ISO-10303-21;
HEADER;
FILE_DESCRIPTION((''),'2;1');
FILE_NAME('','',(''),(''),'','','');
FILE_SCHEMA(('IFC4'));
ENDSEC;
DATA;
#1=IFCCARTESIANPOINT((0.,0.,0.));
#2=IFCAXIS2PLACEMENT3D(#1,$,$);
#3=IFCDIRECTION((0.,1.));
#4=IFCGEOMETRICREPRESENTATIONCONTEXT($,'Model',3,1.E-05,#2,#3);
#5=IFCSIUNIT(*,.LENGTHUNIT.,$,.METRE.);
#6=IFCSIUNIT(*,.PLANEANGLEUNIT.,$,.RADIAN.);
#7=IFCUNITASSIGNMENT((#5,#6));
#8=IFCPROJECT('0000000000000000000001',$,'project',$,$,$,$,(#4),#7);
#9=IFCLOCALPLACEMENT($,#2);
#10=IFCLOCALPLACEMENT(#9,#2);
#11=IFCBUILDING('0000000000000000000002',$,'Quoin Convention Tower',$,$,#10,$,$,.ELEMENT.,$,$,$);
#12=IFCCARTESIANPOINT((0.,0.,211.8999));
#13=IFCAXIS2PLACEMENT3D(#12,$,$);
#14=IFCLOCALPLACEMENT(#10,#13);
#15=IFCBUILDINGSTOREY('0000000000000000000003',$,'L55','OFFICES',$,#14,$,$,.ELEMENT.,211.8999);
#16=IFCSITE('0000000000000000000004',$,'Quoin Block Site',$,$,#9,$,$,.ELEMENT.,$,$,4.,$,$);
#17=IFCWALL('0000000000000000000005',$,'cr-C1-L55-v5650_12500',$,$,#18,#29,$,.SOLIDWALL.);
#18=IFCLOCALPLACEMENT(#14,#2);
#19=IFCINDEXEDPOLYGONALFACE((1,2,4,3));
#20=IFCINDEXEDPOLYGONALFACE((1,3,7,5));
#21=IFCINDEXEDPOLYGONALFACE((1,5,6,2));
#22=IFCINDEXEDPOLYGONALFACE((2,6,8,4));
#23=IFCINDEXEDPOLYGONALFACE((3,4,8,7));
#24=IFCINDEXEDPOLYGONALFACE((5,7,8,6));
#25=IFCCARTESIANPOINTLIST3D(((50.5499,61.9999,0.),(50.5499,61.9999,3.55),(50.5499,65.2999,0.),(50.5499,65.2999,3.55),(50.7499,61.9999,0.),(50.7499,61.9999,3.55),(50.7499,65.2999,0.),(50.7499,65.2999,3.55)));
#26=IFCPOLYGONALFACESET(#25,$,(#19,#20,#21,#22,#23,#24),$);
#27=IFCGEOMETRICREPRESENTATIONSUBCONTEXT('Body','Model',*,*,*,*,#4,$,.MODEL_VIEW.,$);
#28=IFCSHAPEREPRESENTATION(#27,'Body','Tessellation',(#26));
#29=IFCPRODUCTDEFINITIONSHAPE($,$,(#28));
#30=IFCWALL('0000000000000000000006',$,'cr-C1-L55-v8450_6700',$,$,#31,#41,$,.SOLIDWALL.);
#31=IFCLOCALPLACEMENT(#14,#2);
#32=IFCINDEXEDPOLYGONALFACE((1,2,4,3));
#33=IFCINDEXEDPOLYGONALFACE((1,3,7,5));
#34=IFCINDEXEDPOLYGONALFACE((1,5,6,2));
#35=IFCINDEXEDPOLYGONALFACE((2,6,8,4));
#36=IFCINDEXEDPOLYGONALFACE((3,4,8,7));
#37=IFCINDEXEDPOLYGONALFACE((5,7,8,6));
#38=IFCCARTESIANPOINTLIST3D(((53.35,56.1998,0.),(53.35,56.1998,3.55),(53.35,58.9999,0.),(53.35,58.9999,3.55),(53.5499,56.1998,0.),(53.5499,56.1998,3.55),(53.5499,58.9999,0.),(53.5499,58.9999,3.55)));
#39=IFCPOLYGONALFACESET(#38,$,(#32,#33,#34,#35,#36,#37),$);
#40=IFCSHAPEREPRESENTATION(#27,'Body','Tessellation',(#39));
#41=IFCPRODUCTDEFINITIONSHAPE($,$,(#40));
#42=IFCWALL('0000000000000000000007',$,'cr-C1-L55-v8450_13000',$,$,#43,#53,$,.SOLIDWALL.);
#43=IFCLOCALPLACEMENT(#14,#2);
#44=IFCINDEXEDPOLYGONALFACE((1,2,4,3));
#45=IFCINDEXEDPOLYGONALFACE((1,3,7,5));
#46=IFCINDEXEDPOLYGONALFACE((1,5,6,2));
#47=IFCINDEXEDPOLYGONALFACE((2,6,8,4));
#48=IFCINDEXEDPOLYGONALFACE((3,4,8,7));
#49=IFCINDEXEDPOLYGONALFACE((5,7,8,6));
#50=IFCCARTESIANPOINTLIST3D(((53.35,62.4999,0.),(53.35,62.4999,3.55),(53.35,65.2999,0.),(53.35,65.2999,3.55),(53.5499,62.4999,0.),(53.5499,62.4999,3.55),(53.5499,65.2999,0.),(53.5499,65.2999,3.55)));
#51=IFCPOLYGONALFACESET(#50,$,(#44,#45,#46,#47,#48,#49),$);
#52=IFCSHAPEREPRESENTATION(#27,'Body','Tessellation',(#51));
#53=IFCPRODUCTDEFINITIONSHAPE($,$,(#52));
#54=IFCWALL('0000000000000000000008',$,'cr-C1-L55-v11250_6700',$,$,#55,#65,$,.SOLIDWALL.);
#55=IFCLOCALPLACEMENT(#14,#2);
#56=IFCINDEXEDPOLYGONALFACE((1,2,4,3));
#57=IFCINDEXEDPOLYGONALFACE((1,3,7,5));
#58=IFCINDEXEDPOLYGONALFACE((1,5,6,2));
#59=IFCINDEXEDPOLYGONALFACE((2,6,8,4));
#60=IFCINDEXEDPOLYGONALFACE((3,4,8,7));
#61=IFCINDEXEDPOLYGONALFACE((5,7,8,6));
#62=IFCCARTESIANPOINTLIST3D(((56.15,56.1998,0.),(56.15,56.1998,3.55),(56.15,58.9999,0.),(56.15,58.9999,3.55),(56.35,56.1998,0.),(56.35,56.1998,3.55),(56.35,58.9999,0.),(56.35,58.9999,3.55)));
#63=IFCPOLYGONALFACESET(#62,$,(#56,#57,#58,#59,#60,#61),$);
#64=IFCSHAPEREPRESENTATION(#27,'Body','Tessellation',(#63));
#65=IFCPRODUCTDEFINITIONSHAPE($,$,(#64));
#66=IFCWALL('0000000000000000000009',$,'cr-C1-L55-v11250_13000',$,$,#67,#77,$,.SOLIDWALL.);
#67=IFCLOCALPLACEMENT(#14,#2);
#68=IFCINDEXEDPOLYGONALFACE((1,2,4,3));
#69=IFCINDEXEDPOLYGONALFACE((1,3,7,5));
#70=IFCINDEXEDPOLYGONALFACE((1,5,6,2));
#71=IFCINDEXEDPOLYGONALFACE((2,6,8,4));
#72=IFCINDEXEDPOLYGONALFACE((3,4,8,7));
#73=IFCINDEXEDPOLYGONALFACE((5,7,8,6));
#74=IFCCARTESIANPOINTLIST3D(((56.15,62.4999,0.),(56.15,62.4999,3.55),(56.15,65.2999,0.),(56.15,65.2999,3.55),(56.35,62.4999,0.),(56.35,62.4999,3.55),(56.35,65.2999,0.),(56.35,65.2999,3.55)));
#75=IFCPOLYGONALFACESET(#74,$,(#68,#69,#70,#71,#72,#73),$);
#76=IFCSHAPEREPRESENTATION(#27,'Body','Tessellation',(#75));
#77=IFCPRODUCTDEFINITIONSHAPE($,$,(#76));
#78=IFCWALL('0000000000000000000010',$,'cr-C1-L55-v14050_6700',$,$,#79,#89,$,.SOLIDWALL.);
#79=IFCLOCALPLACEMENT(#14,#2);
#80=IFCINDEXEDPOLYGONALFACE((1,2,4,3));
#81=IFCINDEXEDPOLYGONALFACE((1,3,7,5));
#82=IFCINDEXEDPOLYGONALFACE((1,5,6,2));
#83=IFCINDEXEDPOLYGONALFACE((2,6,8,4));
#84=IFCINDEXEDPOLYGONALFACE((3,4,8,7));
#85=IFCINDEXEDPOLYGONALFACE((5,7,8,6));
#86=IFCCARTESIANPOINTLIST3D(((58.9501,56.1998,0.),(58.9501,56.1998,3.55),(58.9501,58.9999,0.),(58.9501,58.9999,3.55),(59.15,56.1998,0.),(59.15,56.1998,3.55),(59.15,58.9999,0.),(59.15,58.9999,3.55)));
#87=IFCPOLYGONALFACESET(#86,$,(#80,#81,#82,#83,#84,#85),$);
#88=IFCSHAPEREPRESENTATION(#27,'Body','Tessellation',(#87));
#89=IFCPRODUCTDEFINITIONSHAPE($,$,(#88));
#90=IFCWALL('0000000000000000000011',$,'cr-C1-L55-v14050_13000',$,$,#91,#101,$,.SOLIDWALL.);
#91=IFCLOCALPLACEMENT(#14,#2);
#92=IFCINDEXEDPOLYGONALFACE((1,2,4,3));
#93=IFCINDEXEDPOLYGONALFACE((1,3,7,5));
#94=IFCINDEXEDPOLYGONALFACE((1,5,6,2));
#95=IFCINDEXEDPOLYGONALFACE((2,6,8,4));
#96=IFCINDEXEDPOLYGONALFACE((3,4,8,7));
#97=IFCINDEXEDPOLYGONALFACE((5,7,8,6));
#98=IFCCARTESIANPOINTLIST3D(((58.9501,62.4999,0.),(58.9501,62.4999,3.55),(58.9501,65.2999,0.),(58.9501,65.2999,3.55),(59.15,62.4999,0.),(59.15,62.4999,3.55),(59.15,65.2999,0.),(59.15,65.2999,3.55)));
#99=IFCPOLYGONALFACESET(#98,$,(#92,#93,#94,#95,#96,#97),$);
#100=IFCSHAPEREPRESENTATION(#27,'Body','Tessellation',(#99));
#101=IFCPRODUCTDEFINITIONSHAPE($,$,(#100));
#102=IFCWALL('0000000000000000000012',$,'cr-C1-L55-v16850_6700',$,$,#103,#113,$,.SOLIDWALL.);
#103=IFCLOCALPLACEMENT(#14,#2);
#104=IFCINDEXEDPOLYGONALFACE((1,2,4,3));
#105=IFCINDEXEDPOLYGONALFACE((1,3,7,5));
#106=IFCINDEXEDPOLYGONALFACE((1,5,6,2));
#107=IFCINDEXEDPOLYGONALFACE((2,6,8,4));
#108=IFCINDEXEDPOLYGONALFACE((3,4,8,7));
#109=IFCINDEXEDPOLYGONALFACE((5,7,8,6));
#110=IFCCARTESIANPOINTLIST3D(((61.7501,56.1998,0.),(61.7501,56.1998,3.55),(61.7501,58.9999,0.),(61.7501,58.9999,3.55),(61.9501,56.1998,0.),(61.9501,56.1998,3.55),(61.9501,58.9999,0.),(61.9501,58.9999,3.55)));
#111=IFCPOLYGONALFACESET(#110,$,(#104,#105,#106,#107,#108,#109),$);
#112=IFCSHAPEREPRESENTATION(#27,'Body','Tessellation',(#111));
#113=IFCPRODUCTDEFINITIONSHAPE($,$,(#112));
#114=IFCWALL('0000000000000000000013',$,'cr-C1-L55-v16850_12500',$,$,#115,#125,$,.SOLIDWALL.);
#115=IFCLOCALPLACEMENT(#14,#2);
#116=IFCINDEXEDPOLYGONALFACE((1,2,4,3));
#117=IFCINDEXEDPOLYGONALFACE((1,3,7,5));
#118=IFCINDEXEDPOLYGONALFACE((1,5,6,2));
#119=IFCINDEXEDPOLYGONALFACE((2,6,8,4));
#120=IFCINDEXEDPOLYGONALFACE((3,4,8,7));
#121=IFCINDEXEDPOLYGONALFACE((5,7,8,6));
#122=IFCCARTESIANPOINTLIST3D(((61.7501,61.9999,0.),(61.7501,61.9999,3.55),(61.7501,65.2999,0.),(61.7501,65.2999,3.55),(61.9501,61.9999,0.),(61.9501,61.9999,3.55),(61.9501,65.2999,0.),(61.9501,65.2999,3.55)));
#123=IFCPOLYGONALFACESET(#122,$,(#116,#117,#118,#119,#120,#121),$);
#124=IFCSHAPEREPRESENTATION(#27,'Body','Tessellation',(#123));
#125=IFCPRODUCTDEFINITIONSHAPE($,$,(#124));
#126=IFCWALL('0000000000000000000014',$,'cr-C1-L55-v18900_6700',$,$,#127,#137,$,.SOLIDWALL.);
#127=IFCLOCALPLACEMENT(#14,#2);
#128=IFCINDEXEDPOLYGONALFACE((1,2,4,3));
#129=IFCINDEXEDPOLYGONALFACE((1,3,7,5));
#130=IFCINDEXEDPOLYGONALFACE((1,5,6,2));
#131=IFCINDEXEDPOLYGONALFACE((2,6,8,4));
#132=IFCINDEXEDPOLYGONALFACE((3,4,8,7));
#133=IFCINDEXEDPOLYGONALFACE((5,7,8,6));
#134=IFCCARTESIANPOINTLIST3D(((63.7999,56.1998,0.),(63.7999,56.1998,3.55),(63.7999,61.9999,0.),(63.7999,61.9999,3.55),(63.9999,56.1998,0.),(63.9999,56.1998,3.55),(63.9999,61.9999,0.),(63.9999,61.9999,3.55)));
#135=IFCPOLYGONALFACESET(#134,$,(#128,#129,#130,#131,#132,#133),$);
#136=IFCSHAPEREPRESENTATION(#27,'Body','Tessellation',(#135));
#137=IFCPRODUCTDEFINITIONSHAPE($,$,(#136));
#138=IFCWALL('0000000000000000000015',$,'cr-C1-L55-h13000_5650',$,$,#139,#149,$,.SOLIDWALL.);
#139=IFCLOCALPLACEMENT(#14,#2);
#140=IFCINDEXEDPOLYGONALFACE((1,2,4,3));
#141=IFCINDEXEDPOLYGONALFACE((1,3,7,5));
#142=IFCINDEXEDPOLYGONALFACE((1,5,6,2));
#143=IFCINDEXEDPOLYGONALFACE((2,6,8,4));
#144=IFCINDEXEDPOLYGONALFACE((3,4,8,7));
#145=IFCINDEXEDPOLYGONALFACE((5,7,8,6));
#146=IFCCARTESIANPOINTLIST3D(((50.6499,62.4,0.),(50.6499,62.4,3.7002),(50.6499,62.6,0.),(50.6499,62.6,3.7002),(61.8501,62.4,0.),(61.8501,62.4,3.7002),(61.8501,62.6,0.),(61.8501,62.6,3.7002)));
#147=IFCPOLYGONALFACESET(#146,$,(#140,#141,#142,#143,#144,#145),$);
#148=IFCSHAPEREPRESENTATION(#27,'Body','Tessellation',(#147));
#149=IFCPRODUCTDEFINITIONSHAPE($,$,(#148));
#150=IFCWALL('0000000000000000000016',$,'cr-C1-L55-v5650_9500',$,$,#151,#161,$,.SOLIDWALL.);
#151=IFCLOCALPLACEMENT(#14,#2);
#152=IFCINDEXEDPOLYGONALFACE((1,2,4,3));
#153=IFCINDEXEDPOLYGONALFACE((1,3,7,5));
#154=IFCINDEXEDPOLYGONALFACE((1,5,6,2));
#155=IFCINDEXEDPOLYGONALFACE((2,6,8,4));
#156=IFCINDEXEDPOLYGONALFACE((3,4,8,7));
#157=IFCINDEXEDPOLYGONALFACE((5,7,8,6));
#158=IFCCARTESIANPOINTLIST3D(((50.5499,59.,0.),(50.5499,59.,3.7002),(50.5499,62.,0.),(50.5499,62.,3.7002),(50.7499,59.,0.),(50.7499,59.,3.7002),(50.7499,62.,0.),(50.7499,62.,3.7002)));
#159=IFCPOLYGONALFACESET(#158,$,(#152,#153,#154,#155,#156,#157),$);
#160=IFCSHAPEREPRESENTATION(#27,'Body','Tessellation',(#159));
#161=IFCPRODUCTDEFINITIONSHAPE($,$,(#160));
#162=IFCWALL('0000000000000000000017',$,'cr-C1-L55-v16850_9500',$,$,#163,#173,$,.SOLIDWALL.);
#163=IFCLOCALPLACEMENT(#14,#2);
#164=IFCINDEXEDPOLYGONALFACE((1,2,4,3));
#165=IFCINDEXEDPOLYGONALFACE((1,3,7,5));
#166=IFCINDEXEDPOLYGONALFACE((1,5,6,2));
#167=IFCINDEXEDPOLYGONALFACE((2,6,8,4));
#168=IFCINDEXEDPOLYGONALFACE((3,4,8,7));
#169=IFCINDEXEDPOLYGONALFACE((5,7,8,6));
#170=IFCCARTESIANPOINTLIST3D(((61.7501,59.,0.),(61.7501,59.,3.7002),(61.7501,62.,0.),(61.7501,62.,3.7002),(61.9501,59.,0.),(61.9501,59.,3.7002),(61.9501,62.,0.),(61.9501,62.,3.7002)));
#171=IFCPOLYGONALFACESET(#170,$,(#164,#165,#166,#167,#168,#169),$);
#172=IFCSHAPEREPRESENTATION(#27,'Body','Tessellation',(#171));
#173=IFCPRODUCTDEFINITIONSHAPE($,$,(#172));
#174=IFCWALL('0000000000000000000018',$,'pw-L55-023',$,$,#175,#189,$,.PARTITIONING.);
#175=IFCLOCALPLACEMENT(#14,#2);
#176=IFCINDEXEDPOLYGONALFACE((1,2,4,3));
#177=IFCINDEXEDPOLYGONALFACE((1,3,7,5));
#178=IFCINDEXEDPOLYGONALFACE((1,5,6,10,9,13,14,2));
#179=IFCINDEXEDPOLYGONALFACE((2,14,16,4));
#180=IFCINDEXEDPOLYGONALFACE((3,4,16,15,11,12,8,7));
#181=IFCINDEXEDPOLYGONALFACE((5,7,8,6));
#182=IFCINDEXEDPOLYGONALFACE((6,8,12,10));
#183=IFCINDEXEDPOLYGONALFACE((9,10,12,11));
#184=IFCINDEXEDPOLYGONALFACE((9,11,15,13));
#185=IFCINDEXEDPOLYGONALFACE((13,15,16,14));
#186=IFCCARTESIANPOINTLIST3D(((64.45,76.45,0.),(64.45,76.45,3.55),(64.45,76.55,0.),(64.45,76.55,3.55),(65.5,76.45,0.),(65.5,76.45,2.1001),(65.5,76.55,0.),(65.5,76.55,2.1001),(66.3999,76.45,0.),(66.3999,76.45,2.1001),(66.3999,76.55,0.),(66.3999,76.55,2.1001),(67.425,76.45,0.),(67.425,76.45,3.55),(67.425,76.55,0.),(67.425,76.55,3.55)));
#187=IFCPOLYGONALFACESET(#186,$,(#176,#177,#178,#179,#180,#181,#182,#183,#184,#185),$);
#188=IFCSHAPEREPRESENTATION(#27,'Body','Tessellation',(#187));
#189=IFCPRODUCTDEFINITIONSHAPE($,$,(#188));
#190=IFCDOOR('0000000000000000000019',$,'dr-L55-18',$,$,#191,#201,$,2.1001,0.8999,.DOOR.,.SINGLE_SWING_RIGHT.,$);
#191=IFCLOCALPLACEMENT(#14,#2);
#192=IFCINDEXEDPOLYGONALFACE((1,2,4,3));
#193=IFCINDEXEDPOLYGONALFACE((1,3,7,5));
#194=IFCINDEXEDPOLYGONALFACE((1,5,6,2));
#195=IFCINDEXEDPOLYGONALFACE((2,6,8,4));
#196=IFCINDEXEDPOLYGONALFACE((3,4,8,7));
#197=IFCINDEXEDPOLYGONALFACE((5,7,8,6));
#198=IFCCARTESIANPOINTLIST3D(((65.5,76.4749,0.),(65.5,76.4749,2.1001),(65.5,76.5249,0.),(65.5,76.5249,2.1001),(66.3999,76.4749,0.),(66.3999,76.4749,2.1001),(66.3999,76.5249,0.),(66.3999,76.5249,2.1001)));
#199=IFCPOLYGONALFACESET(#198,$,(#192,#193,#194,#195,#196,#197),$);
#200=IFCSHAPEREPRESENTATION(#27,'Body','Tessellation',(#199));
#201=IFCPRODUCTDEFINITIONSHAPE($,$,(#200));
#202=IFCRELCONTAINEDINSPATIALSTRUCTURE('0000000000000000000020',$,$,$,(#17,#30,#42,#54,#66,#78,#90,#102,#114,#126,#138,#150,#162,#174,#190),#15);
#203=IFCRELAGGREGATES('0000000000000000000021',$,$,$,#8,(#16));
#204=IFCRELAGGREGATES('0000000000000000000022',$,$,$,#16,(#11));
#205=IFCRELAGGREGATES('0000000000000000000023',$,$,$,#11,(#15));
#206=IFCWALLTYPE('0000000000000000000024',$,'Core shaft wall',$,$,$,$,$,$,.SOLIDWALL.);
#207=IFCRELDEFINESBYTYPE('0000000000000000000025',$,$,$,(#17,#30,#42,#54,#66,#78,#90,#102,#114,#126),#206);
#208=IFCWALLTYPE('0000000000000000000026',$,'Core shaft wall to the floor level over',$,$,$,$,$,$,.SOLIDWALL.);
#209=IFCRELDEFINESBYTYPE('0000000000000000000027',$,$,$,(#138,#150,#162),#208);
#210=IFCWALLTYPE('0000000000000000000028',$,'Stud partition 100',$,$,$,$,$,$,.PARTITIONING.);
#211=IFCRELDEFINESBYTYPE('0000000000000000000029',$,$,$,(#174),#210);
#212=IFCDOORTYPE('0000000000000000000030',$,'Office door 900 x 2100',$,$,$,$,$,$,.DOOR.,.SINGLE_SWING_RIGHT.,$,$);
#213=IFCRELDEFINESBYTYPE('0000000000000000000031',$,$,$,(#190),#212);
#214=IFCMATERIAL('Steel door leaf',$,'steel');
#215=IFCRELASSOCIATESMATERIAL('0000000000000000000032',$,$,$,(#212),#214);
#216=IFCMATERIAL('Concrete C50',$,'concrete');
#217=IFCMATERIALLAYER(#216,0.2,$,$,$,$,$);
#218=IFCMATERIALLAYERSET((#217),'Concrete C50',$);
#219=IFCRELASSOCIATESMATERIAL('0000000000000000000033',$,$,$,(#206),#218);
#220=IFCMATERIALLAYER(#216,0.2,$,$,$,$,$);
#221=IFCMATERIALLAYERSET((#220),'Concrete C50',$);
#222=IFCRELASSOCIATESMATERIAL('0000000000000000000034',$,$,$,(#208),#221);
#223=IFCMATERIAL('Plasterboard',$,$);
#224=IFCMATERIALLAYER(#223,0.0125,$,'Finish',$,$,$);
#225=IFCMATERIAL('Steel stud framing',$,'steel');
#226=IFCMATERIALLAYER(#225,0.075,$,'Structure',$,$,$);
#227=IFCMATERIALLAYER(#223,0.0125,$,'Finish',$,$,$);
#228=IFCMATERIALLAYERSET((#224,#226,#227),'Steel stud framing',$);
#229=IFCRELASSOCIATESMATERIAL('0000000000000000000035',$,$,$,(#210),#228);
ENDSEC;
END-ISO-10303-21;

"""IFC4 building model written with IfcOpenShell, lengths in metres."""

from ifc_helpers import new_model, si_unit, direction, frame, frame_2d, origin, place, context, subcontext, project, spatial, rectangle, extrude, material, layer, layer_set, type_object, element, fill, save


model = new_model("IFC4")

# Units and contexts
model_context = context("Model", 3, precision=1e-05, world=origin(), true_north=direction((0.0, 1.0)))
body_context = subcontext(model_context, "Body", "Model", "MODEL_VIEW")
ifc_project = project(units=[si_unit("LENGTHUNIT", "METRE"), si_unit("PLANEANGLEUNIT", "RADIAN")], contexts=[model_context])

# Site, building, storey
site_placement = place(None, origin())
site = spatial("IfcSite", under=ifc_project, at=site_placement, Name="Quoin Block Site", CompositionType="ELEMENT", RefElevation=4.0)
building_placement = place(site_placement, origin())
building = spatial("IfcBuilding", under=site, at=building_placement, Name="Quoin Convention Tower", CompositionType="ELEMENT")
storey_placement = place(building_placement, frame((0.0, 0.0, 211.8999)))
storey = spatial("IfcBuildingStorey", under=building, at=storey_placement, Name="L55", Description="OFFICES", CompositionType="ELEMENT", Elevation=211.8999)

# Shared definitions
ifc_material_1 = material(Name="Concrete C50", Category="concrete")

# Shared definitions
ifc_material_2 = material(Name="Plasterboard")
ifc_material_3 = material(Name="Steel stud framing", Category="steel")
ifc_material_4 = material(Name="Steel door leaf", Category="steel")
door_type = type_object("IfcDoorType", Name="Office door 900 x 2100", OperationType="SINGLE_SWING_RIGHT", PredefinedType="DOOR", material=ifc_material_4)

# Walls
ifc_layer_1 = layer(ifc_material_1, 0.2)
ifc_layer_set_1 = layer_set([ifc_layer_1], Name="Concrete C50")
wall_type_1 = type_object("IfcWallType", Name="Core shaft wall", PredefinedType="SOLIDWALL", material=ifc_layer_set_1)
wall_1_placement = place(storey_placement, frame((50.6499, 62.0, 0.0), z_axis=(0.0, 0.0, 1.0), x_axis=(0.0, 1.0, 0.0)))
element("IfcWall", 1, at=wall_1_placement, inside=storey, type_object=wall_type_1, Name="cr-C1-L55-v5650_12500", PredefinedType="SOLIDWALL", context=body_context, shape_type="SweptSolid", body=[
    extrude(rectangle(XDim=3.3, YDim=0.2, at=frame_2d((1.6499, 0.0))), origin(), (0.0, 0.0, 1.0), 3.55),
])
for number, where, z_axis, x_axis, name in (
    (2, (53.45, 56.2, 0.0), (0.0, 0.0, 1.0), (0.0, 1.0, 0.0), "cr-C1-L55-v8450_6700"),
    (3, (53.45, 62.5, 0.0), (0.0, 0.0, 1.0), (0.0, 1.0, 0.0), "cr-C1-L55-v8450_13000"),
    (4, (56.25, 56.2, 0.0), (0.0, 0.0, 1.0), (0.0, 1.0, 0.0), "cr-C1-L55-v11250_6700"),
    (5, (56.25, 62.5, 0.0), (0.0, 0.0, 1.0), (0.0, 1.0, 0.0), "cr-C1-L55-v11250_13000"),
    (6, (59.05, 56.2, 0.0), (0.0, 0.0, 1.0), (0.0, 1.0, 0.0), "cr-C1-L55-v14050_6700"),
    (7, (59.05, 62.5, 0.0), (0.0, 0.0, 1.0), (0.0, 1.0, 0.0), "cr-C1-L55-v14050_13000"),
    (8, (61.8501, 56.2, 0.0), (0.0, 0.0, 1.0), (0.0, 1.0, 0.0), "cr-C1-L55-v16850_6700"),
):
    element("IfcWall", number, at=place(storey_placement, frame(where, z_axis=z_axis, x_axis=x_axis)), inside=storey, type_object=wall_type_1, Name=name, PredefinedType="SOLIDWALL", context=body_context, shape_type="SweptSolid", body=[
        extrude(rectangle(XDim=2.8, YDim=0.2, at=frame_2d((1.3999, 0.0))), origin(), (0.0, 0.0, 1.0), 3.55),
    ])
wall_2_placement = place(storey_placement, frame((61.8501, 62.0, 0.0), z_axis=(0.0, 0.0, 1.0), x_axis=(0.0, 1.0, 0.0)))
element("IfcWall", 9, at=wall_2_placement, inside=storey, type_object=wall_type_1, Name="cr-C1-L55-v16850_12500", PredefinedType="SOLIDWALL", context=body_context, shape_type="SweptSolid", body=[
    extrude(rectangle(XDim=3.3, YDim=0.2, at=frame_2d((1.6499, 0.0))), origin(), (0.0, 0.0, 1.0), 3.55),
])
wall_3_placement = place(storey_placement, frame((63.8999, 56.2, 0.0), z_axis=(0.0, 0.0, 1.0), x_axis=(0.0, 1.0, 0.0)))
element("IfcWall", 10, at=wall_3_placement, inside=storey, type_object=wall_type_1, Name="cr-C1-L55-v18900_6700", PredefinedType="SOLIDWALL", context=body_context, shape_type="SweptSolid", body=[
    extrude(rectangle(XDim=5.8, YDim=0.2, at=frame_2d((2.8999, 0.0))), origin(), (0.0, 0.0, 1.0), 3.55),
])
ifc_layer_2 = layer(ifc_material_1, 0.2)
ifc_layer_set_2 = layer_set([ifc_layer_2], Name="Concrete C50")
wall_type_2 = type_object("IfcWallType", Name="Core shaft wall to the floor level over", PredefinedType="SOLIDWALL", material=ifc_layer_set_2)
wall_4_placement = place(storey_placement, frame((50.6499, 62.5, 0.0), z_axis=(0.0, 0.0, 1.0), x_axis=(1.0, 0.0, 0.0)))
element("IfcWall", 11, at=wall_4_placement, inside=storey, type_object=wall_type_2, Name="cr-C1-L55-h13000_5650", PredefinedType="SOLIDWALL", context=body_context, shape_type="SweptSolid", body=[
    extrude(rectangle(XDim=11.2002, YDim=0.2, at=frame_2d((5.6001, 0.0))), origin(), (0.0, 0.0, 1.0), 3.7002),
])
for number, where, z_axis, x_axis, name in (
    (12, (50.6499, 59.0, 0.0), (0.0, 0.0, 1.0), (0.0, 1.0, 0.0), "cr-C1-L55-v5650_9500"),
    (13, (61.8501, 59.0, 0.0), (0.0, 0.0, 1.0), (0.0, 1.0, 0.0), "cr-C1-L55-v16850_9500"),
):
    element("IfcWall", number, at=place(storey_placement, frame(where, z_axis=z_axis, x_axis=x_axis)), inside=storey, type_object=wall_type_2, Name=name, PredefinedType="SOLIDWALL", context=body_context, shape_type="SweptSolid", body=[
        extrude(rectangle(XDim=3.0, YDim=0.2, at=frame_2d((1.5, 0.0))), origin(), (0.0, 0.0, 1.0), 3.7002),
    ])

# Wall, opening, door
ifc_layer_3 = layer(ifc_material_2, 0.0125, Name="Finish")
ifc_layer_4 = layer(ifc_material_3, 0.075, Name="Structure")
ifc_layer_5 = layer(ifc_material_2, 0.0125, Name="Finish")
ifc_layer_set_3 = layer_set([ifc_layer_3, ifc_layer_4, ifc_layer_5], Name="Steel stud framing")
wall_type_3 = type_object("IfcWallType", Name="Stud partition 100", PredefinedType="PARTITIONING", material=ifc_layer_set_3)
wall_5_placement = place(storey_placement, frame((64.45, 76.5, 0.0), z_axis=(0.0, 0.0, 1.0), x_axis=(1.0, 0.0, 0.0)))
wall_5 = element("IfcWall", 14, at=wall_5_placement, inside=storey, type_object=wall_type_3, Name="pw-L55-023", PredefinedType="PARTITIONING", context=body_context, shape_type="SweptSolid", body=[
    extrude(rectangle(XDim=2.9751, YDim=0.1001, at=frame_2d((1.4875, 0.0))), origin(), (0.0, 0.0, 1.0), 3.55),
])
opening_1_placement = place(wall_5_placement, frame((1.05, 0.0, 0.0)))
opening_1 = element("IfcOpeningElement", 15, at=opening_1_placement, cuts=wall_5, PredefinedType="OPENING", context=body_context, shape_type="SweptSolid", body=[
    extrude(rectangle(XDim=0.8999, YDim=2.1001, at=frame_2d((0.45, 1.05))), frame((0.0, 0.0601, 0.0), z_axis=(0.0, -1.0, 0.0), x_axis=(1.0, 0.0, 0.0)), (0.0, 0.0, 1.0), 0.1201),
])
door_1_placement = place(opening_1_placement, origin())
door_1 = element("IfcDoor", 16, at=door_1_placement, inside=storey, type_object=door_type, Name="dr-L55-18", OperationType="SINGLE_SWING_RIGHT", OverallHeight=2.1001, OverallWidth=0.8999, PredefinedType="DOOR", context=body_context, shape_type="SweptSolid", body=[
    extrude(rectangle(XDim=0.8999, YDim=2.1001, at=frame_2d((0.45, 1.05))), frame((0.0, 0.0249, 0.0), z_axis=(0.0, -1.0, 0.0), x_axis=(1.0, 0.0, 0.0)), (0.0, 0.0, 1.0), 0.05),
])
fill(opening_1, door_1)

save(model, "model.ifc")
